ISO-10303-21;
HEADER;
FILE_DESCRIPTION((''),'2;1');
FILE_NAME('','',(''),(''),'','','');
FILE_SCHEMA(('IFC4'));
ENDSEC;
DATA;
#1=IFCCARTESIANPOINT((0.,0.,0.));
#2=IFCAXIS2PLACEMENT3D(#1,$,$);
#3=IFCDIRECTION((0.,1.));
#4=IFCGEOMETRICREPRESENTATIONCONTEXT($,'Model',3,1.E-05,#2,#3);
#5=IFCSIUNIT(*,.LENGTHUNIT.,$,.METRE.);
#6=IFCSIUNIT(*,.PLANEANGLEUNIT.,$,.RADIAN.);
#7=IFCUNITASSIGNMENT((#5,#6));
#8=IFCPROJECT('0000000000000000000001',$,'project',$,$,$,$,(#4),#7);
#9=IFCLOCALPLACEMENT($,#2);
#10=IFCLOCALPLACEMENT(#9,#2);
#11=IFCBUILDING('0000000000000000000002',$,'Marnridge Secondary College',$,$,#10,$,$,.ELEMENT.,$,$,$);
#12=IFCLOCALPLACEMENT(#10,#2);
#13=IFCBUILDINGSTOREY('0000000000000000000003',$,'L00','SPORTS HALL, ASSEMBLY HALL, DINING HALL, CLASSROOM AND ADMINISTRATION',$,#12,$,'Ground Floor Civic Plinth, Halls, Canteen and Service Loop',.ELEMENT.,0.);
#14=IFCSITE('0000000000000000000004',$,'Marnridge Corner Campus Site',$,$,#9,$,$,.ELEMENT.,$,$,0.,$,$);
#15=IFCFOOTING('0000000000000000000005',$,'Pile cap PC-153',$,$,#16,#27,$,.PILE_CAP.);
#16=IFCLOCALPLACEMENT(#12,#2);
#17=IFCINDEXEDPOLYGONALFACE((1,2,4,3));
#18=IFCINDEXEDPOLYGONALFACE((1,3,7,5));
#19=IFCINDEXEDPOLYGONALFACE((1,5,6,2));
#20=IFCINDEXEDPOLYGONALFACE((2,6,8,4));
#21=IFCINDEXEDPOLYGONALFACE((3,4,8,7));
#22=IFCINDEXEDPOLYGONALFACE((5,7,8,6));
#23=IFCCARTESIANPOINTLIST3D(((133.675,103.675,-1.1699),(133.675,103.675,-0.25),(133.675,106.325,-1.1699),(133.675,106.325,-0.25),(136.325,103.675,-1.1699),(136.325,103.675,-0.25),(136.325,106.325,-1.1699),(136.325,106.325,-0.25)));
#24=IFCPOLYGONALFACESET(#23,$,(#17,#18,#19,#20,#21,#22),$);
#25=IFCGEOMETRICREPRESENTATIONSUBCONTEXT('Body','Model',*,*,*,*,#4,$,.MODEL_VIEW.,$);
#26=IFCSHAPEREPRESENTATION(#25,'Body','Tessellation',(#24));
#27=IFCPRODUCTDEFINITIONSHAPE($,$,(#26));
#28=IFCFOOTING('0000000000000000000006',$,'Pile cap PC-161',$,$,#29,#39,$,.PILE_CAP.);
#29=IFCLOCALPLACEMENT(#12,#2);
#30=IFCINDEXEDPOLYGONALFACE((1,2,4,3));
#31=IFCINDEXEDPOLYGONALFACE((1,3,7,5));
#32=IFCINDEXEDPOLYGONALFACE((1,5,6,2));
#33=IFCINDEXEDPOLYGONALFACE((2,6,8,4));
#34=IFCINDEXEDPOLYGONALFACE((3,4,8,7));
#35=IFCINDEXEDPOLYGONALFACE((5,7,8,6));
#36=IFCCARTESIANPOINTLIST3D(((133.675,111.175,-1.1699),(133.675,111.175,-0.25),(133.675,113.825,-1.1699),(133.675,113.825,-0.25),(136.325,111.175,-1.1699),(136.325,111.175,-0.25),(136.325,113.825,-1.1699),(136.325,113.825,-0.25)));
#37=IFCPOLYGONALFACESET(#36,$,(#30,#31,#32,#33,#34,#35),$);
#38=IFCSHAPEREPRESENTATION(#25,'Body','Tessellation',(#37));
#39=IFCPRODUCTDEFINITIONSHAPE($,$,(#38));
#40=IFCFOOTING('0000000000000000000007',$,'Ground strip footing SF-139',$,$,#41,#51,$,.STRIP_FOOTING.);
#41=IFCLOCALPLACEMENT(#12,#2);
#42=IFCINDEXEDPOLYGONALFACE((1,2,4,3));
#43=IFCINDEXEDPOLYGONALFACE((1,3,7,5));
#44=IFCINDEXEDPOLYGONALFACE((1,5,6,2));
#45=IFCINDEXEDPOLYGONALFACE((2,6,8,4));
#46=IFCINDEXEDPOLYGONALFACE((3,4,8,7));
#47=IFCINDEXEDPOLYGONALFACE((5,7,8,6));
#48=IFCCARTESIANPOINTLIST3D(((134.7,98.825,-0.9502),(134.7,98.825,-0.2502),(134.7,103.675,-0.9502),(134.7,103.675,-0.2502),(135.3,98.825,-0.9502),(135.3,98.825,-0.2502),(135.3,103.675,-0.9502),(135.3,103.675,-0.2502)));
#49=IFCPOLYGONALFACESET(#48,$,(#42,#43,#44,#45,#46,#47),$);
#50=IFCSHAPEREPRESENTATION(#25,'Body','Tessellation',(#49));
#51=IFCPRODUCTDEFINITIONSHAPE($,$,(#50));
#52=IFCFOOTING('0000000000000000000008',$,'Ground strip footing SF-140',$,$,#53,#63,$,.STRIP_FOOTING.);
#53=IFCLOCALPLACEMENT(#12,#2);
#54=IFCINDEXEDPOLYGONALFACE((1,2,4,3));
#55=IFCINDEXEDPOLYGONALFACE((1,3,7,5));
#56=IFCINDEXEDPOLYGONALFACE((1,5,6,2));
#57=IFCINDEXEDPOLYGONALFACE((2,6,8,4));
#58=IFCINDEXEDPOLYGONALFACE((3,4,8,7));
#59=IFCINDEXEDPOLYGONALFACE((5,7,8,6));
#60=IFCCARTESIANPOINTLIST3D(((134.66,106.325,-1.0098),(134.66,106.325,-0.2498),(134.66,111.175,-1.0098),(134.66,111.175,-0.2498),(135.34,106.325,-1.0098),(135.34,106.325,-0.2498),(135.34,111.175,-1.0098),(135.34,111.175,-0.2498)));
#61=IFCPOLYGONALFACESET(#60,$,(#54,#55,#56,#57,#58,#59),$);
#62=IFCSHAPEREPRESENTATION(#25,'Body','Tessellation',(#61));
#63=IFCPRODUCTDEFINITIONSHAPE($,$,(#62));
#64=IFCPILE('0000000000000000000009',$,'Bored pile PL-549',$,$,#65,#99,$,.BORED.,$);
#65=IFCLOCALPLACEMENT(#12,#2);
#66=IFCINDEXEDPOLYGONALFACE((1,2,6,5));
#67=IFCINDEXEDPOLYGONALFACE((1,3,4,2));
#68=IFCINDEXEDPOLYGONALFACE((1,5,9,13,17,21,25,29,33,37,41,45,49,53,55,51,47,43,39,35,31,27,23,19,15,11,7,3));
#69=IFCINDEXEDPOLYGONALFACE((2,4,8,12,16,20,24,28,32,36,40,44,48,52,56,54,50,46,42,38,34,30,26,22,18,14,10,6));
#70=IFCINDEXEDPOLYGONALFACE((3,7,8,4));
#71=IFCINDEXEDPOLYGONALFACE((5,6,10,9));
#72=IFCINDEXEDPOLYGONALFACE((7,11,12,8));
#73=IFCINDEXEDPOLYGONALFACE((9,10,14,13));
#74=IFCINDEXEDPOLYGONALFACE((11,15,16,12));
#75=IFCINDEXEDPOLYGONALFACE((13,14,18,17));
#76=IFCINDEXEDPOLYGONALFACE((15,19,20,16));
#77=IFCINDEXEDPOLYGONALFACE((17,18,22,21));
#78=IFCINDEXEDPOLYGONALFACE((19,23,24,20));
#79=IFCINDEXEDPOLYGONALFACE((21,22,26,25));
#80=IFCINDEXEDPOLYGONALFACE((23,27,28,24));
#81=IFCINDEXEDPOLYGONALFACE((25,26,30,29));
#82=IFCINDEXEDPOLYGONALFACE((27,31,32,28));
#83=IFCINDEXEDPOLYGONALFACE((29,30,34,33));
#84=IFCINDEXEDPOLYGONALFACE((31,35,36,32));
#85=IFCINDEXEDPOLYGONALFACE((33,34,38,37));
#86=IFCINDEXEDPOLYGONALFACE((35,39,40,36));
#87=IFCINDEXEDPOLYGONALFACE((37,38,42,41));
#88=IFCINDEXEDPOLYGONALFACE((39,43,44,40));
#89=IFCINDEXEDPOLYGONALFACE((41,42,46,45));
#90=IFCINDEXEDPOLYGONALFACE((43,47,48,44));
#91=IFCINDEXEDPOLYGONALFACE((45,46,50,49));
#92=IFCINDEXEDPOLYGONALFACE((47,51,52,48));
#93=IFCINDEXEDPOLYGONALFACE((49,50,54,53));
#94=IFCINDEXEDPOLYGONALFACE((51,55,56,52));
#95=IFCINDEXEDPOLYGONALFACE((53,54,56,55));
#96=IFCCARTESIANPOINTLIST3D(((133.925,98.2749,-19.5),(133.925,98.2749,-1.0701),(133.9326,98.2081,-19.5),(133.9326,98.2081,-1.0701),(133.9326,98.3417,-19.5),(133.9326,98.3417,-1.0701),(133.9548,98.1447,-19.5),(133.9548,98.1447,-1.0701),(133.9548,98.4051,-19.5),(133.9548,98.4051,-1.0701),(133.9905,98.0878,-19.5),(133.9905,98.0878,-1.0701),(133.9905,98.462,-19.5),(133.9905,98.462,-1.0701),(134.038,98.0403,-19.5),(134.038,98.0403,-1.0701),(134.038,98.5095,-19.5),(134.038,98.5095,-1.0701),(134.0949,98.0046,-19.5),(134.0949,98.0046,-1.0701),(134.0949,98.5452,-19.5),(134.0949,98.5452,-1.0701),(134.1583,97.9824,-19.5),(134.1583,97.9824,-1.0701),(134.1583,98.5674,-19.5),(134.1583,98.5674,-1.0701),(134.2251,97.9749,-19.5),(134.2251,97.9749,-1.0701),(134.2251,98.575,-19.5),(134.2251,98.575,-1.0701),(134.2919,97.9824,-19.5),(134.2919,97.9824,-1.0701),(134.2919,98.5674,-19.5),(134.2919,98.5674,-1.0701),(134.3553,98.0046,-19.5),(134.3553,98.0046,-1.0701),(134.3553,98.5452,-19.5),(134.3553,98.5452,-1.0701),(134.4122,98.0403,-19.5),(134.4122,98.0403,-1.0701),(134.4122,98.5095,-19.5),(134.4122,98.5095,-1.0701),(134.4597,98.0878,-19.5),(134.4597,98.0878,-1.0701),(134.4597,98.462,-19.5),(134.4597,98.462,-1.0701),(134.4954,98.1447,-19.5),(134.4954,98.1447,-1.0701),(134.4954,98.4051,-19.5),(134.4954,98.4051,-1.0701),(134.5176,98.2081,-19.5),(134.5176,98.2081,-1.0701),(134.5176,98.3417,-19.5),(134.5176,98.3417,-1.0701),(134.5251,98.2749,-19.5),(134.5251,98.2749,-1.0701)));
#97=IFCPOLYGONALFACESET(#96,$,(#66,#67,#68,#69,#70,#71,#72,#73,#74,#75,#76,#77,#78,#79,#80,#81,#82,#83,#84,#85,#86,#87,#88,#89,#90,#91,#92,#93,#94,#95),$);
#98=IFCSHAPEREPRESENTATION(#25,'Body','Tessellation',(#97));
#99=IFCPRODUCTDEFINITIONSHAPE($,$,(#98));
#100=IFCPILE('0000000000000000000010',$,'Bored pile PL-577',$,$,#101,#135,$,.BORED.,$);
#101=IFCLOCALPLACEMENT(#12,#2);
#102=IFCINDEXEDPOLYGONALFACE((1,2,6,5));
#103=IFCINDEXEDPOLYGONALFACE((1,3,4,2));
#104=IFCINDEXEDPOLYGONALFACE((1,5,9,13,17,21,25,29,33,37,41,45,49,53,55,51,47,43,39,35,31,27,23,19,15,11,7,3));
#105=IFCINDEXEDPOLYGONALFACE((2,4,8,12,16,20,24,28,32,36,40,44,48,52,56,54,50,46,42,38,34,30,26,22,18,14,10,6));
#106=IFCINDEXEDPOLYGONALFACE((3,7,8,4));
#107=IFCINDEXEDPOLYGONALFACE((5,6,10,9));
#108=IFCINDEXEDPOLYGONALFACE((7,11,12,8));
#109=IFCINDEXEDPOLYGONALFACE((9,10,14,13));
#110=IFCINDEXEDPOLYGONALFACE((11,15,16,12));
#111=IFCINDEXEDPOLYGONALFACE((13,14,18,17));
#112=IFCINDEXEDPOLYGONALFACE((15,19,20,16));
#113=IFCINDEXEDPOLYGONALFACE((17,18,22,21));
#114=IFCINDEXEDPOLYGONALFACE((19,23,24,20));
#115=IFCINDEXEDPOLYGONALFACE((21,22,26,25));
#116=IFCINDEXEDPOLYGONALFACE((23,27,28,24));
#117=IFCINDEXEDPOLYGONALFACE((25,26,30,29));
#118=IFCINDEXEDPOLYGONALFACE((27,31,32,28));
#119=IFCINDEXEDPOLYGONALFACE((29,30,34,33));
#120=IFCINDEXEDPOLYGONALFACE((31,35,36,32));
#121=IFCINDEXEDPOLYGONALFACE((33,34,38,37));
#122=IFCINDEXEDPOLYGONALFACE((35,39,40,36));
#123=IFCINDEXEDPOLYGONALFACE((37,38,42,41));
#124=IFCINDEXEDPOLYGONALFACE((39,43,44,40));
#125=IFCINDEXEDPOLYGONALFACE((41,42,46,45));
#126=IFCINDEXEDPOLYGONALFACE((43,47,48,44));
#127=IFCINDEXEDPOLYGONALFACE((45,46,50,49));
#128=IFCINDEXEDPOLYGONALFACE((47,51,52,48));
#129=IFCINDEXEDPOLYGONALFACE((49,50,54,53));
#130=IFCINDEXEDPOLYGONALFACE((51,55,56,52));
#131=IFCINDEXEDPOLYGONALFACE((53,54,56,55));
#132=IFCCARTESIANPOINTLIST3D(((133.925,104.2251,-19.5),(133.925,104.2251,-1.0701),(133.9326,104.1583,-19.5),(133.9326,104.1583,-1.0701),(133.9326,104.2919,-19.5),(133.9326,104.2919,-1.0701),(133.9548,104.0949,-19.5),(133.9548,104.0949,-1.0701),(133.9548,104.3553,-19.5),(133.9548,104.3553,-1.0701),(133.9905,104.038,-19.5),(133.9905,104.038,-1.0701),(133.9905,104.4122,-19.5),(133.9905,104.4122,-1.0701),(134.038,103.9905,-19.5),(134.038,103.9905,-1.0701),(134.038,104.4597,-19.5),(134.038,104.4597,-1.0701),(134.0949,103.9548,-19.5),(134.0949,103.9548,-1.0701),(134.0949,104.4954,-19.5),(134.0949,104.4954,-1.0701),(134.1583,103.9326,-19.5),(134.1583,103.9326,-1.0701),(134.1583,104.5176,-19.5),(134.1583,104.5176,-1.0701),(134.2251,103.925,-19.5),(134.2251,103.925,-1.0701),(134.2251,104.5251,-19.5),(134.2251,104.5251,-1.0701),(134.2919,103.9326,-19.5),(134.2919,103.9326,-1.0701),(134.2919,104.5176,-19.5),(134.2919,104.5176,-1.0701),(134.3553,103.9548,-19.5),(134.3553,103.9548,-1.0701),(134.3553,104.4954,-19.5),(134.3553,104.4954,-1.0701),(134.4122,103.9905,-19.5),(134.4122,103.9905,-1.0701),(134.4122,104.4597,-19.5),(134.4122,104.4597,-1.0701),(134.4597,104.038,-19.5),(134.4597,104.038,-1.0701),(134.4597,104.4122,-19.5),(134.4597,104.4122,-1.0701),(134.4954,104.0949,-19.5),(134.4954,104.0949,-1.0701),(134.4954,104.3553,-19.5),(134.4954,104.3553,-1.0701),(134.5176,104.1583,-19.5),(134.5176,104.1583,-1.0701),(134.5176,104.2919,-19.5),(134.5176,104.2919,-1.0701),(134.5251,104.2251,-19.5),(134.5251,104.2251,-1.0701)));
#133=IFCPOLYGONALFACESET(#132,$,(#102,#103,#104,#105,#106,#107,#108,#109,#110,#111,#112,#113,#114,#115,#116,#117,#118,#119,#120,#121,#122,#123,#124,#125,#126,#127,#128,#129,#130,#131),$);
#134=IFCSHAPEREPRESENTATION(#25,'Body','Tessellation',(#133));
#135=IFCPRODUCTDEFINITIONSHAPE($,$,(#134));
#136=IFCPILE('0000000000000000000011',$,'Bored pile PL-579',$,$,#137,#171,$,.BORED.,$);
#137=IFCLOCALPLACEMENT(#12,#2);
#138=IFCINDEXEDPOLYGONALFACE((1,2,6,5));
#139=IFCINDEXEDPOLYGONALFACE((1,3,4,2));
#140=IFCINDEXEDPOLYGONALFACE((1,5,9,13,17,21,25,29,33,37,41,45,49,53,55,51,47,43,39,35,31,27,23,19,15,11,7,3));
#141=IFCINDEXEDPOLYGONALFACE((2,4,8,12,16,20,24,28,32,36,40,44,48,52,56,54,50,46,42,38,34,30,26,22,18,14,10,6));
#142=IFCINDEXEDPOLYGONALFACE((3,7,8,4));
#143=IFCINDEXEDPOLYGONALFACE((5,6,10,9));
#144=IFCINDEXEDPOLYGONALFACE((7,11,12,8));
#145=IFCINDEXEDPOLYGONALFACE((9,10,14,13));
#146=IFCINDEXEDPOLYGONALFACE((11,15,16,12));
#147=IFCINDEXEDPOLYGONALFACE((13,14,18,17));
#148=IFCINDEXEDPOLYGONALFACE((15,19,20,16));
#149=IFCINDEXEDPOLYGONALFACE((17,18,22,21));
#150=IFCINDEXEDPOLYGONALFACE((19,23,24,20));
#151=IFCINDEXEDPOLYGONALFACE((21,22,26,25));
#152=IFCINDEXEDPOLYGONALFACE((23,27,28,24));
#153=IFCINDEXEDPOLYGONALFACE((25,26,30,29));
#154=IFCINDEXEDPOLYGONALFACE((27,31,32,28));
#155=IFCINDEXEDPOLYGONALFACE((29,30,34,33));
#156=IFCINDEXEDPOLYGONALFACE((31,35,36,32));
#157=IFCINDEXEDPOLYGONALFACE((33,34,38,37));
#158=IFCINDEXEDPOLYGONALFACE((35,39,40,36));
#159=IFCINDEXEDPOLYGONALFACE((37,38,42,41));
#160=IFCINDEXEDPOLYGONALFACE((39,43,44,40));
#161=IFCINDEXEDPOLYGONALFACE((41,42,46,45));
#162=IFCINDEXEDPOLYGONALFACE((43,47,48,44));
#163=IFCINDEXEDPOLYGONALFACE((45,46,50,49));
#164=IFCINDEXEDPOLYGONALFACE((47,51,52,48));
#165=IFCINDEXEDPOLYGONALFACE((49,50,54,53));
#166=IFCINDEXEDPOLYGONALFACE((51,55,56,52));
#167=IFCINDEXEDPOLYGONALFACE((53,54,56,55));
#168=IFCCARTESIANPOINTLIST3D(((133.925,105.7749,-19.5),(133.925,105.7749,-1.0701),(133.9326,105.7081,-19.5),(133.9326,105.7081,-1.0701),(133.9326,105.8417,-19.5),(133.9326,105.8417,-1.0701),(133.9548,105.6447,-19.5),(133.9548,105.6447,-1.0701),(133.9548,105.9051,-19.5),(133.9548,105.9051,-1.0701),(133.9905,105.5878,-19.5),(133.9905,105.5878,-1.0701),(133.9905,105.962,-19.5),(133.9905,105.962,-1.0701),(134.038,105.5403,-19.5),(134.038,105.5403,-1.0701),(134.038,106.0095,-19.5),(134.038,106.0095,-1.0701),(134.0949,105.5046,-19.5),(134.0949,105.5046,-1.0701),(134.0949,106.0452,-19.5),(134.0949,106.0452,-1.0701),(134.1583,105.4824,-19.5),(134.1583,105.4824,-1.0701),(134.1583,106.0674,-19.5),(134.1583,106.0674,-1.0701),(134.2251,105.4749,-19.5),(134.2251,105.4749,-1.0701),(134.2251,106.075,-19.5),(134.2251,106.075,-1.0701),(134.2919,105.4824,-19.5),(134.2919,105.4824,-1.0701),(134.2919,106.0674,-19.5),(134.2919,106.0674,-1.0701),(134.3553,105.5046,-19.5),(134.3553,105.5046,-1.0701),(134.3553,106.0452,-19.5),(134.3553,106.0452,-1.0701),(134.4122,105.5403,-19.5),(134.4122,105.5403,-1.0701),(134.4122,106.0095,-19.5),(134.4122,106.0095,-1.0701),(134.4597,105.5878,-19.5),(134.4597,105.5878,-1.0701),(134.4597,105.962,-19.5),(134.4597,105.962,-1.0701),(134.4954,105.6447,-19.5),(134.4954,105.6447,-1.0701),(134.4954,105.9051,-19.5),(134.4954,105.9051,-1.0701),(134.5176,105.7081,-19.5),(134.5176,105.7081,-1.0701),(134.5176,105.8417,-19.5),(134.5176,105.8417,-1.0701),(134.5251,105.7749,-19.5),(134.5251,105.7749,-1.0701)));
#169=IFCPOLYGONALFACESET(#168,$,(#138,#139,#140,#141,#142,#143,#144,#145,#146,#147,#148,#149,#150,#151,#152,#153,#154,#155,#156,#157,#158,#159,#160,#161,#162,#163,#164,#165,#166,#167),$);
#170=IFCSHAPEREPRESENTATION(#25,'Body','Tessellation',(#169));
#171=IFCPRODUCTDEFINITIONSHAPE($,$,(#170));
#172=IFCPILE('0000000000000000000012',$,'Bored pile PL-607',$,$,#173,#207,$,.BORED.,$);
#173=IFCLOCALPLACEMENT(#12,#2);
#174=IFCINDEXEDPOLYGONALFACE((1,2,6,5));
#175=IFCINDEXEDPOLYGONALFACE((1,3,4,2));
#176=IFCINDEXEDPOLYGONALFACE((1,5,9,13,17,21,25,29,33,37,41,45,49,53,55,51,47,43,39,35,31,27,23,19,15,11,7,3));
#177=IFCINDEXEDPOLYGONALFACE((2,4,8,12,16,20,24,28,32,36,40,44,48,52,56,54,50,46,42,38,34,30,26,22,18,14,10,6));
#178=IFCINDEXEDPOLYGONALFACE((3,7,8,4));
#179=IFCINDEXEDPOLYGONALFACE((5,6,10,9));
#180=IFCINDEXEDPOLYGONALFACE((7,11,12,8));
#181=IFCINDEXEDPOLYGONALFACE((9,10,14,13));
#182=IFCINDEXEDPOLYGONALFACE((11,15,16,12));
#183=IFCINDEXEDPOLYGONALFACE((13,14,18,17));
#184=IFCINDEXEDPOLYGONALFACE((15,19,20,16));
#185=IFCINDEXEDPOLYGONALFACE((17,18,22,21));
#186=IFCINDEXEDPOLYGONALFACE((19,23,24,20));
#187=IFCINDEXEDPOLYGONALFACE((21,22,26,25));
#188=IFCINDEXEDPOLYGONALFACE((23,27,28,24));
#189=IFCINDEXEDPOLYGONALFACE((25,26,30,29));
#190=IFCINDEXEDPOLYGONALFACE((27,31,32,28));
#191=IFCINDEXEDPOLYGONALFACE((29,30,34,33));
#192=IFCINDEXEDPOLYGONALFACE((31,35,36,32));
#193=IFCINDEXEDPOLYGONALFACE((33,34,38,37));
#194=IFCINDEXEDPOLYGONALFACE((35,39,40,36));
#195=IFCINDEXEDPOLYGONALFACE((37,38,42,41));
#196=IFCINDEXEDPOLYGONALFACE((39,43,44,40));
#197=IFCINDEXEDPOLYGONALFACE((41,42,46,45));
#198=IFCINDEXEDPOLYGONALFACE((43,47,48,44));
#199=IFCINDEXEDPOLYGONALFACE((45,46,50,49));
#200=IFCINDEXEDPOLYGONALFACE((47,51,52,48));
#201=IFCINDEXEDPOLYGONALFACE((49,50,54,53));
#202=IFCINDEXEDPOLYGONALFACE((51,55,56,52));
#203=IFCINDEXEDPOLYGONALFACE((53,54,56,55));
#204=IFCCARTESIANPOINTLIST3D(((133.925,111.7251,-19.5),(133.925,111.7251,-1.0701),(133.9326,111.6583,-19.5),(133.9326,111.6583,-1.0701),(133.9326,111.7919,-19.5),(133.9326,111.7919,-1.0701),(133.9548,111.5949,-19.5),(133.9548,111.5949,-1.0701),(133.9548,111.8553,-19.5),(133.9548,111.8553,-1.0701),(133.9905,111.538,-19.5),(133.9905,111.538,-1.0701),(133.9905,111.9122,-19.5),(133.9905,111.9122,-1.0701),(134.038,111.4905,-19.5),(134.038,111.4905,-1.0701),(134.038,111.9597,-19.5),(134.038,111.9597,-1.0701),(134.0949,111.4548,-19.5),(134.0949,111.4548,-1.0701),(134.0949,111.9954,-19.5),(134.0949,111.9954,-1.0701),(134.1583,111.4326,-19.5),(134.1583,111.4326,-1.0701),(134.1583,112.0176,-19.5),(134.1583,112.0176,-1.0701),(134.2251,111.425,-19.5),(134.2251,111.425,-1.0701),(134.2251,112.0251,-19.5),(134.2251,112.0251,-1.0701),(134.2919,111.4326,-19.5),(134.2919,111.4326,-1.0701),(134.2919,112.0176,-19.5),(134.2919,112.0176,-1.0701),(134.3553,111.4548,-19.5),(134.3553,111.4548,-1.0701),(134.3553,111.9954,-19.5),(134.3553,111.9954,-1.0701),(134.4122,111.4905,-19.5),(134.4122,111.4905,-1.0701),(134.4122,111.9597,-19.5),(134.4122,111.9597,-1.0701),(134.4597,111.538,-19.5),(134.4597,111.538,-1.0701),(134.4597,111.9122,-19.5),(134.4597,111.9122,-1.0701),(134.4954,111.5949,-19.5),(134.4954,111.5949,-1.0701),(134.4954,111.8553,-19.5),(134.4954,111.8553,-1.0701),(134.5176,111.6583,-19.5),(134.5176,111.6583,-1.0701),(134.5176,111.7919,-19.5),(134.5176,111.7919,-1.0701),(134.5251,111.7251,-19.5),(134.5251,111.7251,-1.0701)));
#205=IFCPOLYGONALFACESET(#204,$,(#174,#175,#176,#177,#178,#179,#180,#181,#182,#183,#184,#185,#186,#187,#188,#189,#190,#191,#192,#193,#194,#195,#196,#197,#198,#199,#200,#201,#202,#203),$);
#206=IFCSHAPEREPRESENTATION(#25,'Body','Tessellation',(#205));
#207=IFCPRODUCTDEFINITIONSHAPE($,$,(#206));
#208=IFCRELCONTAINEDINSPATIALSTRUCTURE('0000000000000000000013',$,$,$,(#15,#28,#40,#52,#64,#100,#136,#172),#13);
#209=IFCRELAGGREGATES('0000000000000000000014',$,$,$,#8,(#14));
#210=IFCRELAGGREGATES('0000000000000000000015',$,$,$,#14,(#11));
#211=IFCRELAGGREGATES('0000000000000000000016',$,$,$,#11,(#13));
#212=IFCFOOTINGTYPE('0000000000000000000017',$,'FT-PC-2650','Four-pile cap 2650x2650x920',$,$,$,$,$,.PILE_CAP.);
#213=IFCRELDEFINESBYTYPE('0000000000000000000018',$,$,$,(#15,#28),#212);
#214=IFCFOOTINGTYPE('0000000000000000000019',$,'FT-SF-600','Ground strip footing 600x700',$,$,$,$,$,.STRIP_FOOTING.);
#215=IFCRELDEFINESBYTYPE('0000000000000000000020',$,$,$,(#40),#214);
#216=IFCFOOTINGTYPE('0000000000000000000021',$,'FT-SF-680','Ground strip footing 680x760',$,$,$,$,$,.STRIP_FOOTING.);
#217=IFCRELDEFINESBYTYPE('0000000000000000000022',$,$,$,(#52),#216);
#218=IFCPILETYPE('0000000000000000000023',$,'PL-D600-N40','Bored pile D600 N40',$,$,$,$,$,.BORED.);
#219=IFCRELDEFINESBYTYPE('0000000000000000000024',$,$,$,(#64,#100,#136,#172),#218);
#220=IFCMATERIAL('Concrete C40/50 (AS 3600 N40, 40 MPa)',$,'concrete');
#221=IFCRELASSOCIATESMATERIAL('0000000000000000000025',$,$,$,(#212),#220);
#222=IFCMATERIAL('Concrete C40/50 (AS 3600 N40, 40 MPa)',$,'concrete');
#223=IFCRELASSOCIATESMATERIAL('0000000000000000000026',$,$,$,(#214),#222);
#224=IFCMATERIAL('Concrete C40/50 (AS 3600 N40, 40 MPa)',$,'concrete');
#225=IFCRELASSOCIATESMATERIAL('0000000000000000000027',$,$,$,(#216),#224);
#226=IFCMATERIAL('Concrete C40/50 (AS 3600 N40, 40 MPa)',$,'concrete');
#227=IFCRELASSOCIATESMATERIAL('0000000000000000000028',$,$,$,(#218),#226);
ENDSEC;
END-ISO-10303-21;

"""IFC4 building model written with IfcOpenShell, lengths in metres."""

from ifc_helpers import new_model, si_unit, direction, frame, origin, origin_2d, place, context, subcontext, project, spatial, rectangle, circle, extrude, material, material_profile, profile_set, type_object, element, save


model = new_model("IFC4")

# Units and contexts
model_context = context("Model", 3, precision=1e-05, world=origin(), true_north=direction((0.0, 1.0)))
body_context = subcontext(model_context, "Body", "Model", "MODEL_VIEW")
ifc_project = project(units=[si_unit("LENGTHUNIT", "METRE"), si_unit("PLANEANGLEUNIT", "RADIAN")], contexts=[model_context])

# Site, building, storey
site_placement = place(None, origin())
site = spatial("IfcSite", under=ifc_project, at=site_placement, Name="Marnridge Corner Campus Site", CompositionType="ELEMENT", RefElevation=0.0)
building_placement = place(site_placement, origin())
building = spatial("IfcBuilding", under=site, at=building_placement, Name="Marnridge Secondary College", CompositionType="ELEMENT")
storey_placement = place(building_placement, origin())
storey = spatial("IfcBuildingStorey", under=building, at=storey_placement, Name="L00", Description="SPORTS HALL, ASSEMBLY HALL, DINING HALL, CLASSROOM AND ADMINISTRATION", LongName="Ground Floor Civic Plinth, Halls, Canteen and Service Loop", CompositionType="ELEMENT", Elevation=0.0)

# Footings
ifc_material_1 = material(Name="Concrete C40/50 (AS 3600 N40, 40 MPa)", Category="concrete")
footing_type_1 = type_object("IfcFootingType", Name="FT-PC-2650", Description="Four-pile cap 2650x2650x920", PredefinedType="PILE_CAP", material=ifc_material_1)
for number, where, z_axis, x_axis, name in (
    (1, (135.0, 105.0, -1.1699), (0.0, 0.0, 1.0), (1.0, 0.0, 0.0), "Pile cap PC-153"),
    (2, (135.0, 112.5, -1.1699), (0.0, 0.0, 1.0), (1.0, 0.0, 0.0), "Pile cap PC-161"),
):
    element("IfcFooting", number, at=place(storey_placement, frame(where, z_axis=z_axis, x_axis=x_axis)), inside=storey, type_object=footing_type_1, Name=name, PredefinedType="PILE_CAP", context=body_context, shape_type="SweptSolid", body=[
        extrude(rectangle(XDim=2.6499, YDim=2.6499, at=origin_2d()), origin(), (0.0, 0.0, 1.0), 0.9199),
    ])
ifc_material_2 = material(Name="Concrete C40/50 (AS 3600 N40, 40 MPa)", Category="concrete")
footing_type_2 = type_object("IfcFootingType", Name="FT-SF-600", Description="Ground strip footing 600x700", PredefinedType="STRIP_FOOTING", material=ifc_material_2)
footing_1_placement = place(storey_placement, frame((135.0, 101.25, -0.9502), z_axis=(0.0, 0.0, 1.0), x_axis=(1.0, 0.0, 0.0)))
element("IfcFooting", 3, at=footing_1_placement, inside=storey, type_object=footing_type_2, Name="Ground strip footing SF-139", PredefinedType="STRIP_FOOTING", context=body_context, shape_type="SweptSolid", body=[
    extrude(rectangle(XDim=0.6001, YDim=4.8501, at=origin_2d()), origin(), (0.0, 0.0, 1.0), 0.7),
])
ifc_material_3 = material(Name="Concrete C40/50 (AS 3600 N40, 40 MPa)", Category="concrete")
footing_type_3 = type_object("IfcFootingType", Name="FT-SF-680", Description="Ground strip footing 680x760", PredefinedType="STRIP_FOOTING", material=ifc_material_3)
footing_2_placement = place(storey_placement, frame((135.0, 108.75, -1.0098), z_axis=(0.0, 0.0, 1.0), x_axis=(1.0, 0.0, 0.0)))
element("IfcFooting", 4, at=footing_2_placement, inside=storey, type_object=footing_type_3, Name="Ground strip footing SF-140", PredefinedType="STRIP_FOOTING", context=body_context, shape_type="SweptSolid", body=[
    extrude(rectangle(XDim=0.6799, YDim=4.8501, at=origin_2d()), origin(), (0.0, 0.0, 1.0), 0.76),
])

# Piles
ifc_material_4 = material(Name="Concrete C40/50 (AS 3600 N40, 40 MPa)", Category="concrete")
ifc_material_profile_1 = material_profile(ifc_material_4, circle(Radius=0.3, at=origin_2d()), Name="PILE D600")
ifc_profile_set_1 = profile_set([ifc_material_profile_1], Name="Concrete C40/50 (AS 3600 N40, 40 MPa)")
pile_type = type_object("IfcPileType", Name="PL-D600-N40", Description="Bored pile D600 N40", PredefinedType="BORED", material=ifc_profile_set_1)
for number, where, z_axis, x_axis, name in (
    (5, (134.2251, 98.2749, -1.0701), (0.0, 0.0, -1.0), (1.0, 0.0, 0.0), "Bored pile PL-549"),
    (6, (134.2251, 104.2251, -1.0701), (0.0, 0.0, -1.0), (1.0, 0.0, 0.0), "Bored pile PL-577"),
    (7, (134.2251, 105.7749, -1.0701), (0.0, 0.0, -1.0), (1.0, 0.0, 0.0), "Bored pile PL-579"),
    (8, (134.2251, 111.7251, -1.0701), (0.0, 0.0, -1.0), (1.0, 0.0, 0.0), "Bored pile PL-607"),
):
    element("IfcPile", number, at=place(storey_placement, frame(where, z_axis=z_axis, x_axis=x_axis)), inside=storey, type_object=pile_type, Name=name, PredefinedType="BORED", context=body_context, shape_type="SweptSolid", body=[
        extrude(circle(Radius=0.3, at=origin_2d()), origin(), (0.0, 0.0, 1.0), 18.4299),
    ])

save(model, "model.ifc")
